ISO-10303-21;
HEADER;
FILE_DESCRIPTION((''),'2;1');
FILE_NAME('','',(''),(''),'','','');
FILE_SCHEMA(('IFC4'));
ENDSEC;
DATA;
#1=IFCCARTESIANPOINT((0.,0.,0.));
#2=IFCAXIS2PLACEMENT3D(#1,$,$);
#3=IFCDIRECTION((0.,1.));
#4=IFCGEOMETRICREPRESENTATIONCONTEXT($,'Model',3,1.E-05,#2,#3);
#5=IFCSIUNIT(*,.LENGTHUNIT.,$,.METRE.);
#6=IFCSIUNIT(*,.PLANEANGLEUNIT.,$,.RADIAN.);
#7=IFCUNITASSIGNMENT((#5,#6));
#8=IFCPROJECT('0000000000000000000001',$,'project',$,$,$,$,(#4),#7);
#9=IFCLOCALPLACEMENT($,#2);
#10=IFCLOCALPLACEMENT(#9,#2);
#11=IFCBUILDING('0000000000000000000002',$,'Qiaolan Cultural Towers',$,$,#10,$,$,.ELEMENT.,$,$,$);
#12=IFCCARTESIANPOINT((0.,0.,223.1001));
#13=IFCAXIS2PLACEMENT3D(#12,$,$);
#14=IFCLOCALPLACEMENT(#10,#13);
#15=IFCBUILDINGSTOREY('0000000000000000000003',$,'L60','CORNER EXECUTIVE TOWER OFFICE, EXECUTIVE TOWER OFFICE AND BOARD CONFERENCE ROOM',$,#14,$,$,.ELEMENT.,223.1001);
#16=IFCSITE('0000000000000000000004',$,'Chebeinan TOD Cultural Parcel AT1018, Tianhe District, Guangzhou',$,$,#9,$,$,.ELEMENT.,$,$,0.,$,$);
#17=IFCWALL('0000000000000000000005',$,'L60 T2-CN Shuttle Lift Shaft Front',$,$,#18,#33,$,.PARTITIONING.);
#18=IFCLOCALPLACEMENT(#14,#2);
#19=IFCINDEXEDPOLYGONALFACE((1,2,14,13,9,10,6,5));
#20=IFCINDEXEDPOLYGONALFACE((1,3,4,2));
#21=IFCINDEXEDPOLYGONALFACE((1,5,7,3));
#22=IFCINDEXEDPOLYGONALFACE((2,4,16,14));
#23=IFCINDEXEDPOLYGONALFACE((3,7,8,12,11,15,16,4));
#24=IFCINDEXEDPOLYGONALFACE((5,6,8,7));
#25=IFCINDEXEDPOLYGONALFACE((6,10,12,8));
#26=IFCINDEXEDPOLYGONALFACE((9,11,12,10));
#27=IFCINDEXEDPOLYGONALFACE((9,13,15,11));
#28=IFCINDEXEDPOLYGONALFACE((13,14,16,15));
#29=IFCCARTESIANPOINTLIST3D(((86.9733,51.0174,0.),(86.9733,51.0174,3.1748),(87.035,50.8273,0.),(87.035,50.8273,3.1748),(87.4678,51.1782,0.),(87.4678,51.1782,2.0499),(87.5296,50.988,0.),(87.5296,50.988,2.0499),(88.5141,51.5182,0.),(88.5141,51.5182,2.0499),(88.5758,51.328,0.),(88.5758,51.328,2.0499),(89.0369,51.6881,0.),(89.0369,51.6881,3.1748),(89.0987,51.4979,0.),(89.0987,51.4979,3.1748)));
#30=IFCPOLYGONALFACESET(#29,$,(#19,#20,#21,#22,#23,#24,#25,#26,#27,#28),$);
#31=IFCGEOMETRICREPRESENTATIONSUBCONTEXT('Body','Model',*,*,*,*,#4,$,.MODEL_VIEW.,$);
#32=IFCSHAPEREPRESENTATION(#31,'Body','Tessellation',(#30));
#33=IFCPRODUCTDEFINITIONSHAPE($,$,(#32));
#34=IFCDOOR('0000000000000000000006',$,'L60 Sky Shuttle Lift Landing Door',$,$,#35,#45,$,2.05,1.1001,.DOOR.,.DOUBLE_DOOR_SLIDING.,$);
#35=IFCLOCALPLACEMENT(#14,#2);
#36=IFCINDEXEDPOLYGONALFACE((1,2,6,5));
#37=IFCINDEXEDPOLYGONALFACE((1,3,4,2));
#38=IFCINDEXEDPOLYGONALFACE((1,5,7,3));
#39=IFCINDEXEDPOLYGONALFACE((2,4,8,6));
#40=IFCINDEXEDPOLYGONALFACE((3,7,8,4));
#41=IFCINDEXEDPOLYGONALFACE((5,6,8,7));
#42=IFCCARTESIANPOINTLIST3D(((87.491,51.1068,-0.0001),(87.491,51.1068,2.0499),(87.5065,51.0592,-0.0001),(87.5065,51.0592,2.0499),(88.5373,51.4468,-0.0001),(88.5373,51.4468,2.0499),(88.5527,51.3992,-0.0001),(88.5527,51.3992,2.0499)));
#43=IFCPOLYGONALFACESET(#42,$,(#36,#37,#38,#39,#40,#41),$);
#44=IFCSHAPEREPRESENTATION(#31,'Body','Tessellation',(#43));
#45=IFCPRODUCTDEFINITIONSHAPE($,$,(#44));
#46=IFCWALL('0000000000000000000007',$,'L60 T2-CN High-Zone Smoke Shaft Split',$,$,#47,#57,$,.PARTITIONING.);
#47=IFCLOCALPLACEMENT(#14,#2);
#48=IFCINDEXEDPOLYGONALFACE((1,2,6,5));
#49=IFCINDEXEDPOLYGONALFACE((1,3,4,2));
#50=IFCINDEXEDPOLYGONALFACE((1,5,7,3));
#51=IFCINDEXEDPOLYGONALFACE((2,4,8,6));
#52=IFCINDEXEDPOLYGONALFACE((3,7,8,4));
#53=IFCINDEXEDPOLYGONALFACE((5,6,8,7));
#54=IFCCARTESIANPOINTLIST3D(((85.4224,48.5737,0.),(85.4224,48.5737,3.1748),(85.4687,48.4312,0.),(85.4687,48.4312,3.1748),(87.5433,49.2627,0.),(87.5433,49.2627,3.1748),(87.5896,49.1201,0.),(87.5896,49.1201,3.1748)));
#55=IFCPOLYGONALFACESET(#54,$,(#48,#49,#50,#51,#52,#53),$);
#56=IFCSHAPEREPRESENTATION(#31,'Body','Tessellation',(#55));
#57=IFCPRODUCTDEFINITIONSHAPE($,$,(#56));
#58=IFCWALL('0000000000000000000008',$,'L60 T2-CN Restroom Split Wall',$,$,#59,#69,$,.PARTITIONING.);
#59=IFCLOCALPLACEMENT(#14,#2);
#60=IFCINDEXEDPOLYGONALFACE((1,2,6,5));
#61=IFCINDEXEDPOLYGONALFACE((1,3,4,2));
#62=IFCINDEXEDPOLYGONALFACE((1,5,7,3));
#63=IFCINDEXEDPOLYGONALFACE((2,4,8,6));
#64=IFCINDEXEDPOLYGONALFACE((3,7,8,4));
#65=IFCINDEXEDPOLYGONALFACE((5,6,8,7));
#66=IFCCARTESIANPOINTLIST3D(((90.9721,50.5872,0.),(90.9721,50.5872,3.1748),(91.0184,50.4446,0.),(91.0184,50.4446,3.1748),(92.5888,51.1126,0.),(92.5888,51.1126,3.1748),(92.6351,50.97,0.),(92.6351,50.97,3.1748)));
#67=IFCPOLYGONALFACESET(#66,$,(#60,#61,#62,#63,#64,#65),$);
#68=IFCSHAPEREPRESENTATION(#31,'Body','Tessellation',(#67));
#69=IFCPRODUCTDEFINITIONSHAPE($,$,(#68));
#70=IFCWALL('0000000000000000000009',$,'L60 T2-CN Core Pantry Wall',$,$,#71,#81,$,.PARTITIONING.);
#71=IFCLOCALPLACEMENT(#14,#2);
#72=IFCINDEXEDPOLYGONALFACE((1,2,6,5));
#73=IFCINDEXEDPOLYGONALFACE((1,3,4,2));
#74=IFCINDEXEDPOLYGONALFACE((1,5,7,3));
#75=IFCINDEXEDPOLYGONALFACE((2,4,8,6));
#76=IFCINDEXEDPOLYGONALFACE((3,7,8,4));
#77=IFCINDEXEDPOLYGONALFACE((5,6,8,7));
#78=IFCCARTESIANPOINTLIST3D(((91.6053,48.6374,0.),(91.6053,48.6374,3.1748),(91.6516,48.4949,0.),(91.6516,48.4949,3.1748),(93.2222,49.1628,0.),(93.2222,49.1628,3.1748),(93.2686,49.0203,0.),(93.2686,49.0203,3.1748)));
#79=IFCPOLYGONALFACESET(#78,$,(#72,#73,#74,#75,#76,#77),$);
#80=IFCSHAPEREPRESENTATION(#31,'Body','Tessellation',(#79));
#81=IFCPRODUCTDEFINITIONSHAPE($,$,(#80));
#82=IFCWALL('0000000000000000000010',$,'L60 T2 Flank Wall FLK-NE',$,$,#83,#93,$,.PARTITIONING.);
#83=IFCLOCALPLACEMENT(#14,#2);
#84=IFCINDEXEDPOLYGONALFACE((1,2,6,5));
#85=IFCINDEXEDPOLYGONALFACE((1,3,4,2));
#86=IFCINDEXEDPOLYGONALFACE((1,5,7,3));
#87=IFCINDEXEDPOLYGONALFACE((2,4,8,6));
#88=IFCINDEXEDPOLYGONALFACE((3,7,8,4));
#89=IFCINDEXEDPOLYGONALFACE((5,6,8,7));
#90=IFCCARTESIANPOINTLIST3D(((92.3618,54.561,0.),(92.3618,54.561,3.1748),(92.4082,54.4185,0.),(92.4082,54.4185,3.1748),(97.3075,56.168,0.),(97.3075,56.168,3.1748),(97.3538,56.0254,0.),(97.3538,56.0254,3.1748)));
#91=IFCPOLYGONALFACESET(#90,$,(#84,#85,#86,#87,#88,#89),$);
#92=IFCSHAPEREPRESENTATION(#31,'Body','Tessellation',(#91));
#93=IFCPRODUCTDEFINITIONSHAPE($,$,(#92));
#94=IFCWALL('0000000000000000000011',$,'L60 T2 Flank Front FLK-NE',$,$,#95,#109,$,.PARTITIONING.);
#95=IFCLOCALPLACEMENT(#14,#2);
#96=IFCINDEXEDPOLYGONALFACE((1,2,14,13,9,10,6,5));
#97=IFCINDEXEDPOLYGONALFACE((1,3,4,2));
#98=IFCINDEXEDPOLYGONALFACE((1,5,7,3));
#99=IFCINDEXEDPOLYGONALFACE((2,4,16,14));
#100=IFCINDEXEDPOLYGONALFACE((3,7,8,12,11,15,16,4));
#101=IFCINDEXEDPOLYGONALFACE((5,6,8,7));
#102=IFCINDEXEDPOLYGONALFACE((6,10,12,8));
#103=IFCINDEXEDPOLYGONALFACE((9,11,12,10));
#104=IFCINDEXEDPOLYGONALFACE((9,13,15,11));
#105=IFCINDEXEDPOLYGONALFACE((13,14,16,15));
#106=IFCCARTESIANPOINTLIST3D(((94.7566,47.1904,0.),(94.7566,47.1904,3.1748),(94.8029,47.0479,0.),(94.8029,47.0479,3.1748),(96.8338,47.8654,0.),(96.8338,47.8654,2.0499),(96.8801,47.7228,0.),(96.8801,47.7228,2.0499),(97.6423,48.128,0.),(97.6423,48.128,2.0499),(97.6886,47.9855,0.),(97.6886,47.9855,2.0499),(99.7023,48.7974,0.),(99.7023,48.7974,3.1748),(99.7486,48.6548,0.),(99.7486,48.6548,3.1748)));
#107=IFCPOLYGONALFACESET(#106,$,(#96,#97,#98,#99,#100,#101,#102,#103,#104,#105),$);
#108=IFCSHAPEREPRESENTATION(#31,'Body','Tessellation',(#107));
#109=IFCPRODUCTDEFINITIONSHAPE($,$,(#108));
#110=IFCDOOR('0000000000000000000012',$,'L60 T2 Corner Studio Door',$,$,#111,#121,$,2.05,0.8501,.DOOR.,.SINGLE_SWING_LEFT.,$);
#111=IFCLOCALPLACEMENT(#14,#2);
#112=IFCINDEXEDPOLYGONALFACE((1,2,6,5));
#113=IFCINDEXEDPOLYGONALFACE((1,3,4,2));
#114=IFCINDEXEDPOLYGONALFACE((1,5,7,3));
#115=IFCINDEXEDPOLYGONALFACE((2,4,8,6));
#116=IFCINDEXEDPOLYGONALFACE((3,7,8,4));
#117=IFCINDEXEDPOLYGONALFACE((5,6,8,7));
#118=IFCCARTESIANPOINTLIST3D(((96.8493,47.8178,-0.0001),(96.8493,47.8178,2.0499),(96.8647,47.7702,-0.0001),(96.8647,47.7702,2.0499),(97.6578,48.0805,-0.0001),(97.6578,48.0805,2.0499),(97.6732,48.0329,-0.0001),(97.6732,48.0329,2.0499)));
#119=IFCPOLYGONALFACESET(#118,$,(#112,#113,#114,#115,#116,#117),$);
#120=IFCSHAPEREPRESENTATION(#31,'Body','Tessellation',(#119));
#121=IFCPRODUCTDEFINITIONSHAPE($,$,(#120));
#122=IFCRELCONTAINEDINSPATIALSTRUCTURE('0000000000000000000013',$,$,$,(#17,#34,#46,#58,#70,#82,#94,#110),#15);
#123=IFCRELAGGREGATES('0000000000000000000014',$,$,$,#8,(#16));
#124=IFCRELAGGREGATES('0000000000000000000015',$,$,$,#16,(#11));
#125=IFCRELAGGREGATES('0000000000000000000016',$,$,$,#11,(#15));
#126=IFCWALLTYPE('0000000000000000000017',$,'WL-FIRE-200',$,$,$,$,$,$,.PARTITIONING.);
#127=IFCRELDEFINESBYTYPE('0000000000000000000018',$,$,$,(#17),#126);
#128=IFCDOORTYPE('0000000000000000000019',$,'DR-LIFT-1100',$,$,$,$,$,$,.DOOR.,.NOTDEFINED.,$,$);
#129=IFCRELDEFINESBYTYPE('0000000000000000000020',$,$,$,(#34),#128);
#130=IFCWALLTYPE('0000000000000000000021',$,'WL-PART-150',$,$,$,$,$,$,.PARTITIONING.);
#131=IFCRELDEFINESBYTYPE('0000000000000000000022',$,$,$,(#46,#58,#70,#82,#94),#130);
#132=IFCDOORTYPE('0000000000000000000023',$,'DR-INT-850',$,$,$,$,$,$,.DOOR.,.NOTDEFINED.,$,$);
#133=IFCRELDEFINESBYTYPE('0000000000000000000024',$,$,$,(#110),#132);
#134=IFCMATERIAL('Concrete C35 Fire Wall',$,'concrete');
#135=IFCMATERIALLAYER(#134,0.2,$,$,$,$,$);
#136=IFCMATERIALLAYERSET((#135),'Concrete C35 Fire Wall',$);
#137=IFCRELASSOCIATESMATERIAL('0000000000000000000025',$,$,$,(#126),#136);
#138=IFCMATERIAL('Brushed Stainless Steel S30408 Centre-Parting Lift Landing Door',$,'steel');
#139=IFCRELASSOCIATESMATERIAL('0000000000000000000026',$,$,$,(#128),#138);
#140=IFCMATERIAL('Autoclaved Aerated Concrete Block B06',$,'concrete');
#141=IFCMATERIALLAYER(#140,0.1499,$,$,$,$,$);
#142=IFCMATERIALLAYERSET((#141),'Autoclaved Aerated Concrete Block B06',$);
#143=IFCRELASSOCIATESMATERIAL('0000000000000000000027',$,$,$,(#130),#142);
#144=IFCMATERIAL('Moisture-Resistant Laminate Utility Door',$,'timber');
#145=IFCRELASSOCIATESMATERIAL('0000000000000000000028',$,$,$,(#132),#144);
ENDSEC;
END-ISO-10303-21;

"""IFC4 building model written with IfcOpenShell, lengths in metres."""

from ifc_helpers import new_model, si_unit, direction, frame, frame_2d, origin, place, context, subcontext, project, spatial, rectangle, extrude, material, layer, layer_set, type_object, element, fill, save


model = new_model("IFC4")

# Units and contexts
model_context = context("Model", 3, precision=1e-05, world=origin(), true_north=direction((0.0, 1.0)))
body_context = subcontext(model_context, "Body", "Model", "MODEL_VIEW")
ifc_project = project(units=[si_unit("LENGTHUNIT", "METRE"), si_unit("PLANEANGLEUNIT", "RADIAN")], contexts=[model_context])

# Site, building, storey
site_placement = place(None, origin())
site = spatial("IfcSite", under=ifc_project, at=site_placement, Name="Chebeinan TOD Cultural Parcel AT1018, Tianhe District, Guangzhou", CompositionType="ELEMENT", RefElevation=0.0)
building_placement = place(site_placement, origin())
building = spatial("IfcBuilding", under=site, at=building_placement, Name="Qiaolan Cultural Towers", CompositionType="ELEMENT")
storey_placement = place(building_placement, frame((0.0, 0.0, 223.1001)))
storey = spatial("IfcBuildingStorey", under=building, at=storey_placement, Name="L60", Description="CORNER EXECUTIVE TOWER OFFICE, EXECUTIVE TOWER OFFICE AND BOARD CONFERENCE ROOM", CompositionType="ELEMENT", Elevation=223.1001)

# Wall, opening, door
ifc_material_1 = material(Name="Concrete C35 Fire Wall", Category="concrete")
ifc_layer_1 = layer(ifc_material_1, 0.2)
ifc_layer_set_1 = layer_set([ifc_layer_1], Name="Concrete C35 Fire Wall")
wall_type_1 = type_object("IfcWallType", Name="WL-FIRE-200", PredefinedType="PARTITIONING", material=ifc_layer_set_1)
wall_1_placement = place(storey_placement, frame((87.0042, 50.9224, 0.0), z_axis=(0.0, 0.0, 1.0), x_axis=(0.951042, 0.309063, 0.0)))
wall_1 = element("IfcWall", 1, at=wall_1_placement, inside=storey, type_object=wall_type_1, Name="L60 T2-CN Shuttle Lift Shaft Front", PredefinedType="PARTITIONING", context=body_context, shape_type="SweptSolid", body=[
    extrude(rectangle(XDim=2.1699, YDim=0.2, at=frame_2d((1.085, 0.0))), origin(), (0.0, 0.0, 1.0), 3.1748),
])
opening_1_placement = place(wall_1_placement, frame((0.52, 0.0, 0.0)))
opening_1 = element("IfcOpeningElement", 2, at=opening_1_placement, cuts=wall_1, PredefinedType="OPENING", context=body_context, shape_type="SweptSolid", body=[
    extrude(rectangle(XDim=1.1001, YDim=2.05, at=frame_2d((0.55, 1.0249))), frame((0.0, 0.1099, 0.0), z_axis=(0.0, -1.0, 0.0), x_axis=(1.0, 0.0, 0.0)), (0.0, 0.0, 1.0), 0.22),
])
ifc_material_2 = material(Name="Brushed Stainless Steel S30408 Centre-Parting Lift Landing Door", Category="steel")
door_type_1 = type_object("IfcDoorType", Name="DR-LIFT-1100", OperationType="NOTDEFINED", PredefinedType="DOOR", material=ifc_material_2)
door_1_placement = place(opening_1_placement, origin())
door_1 = element("IfcDoor", 3, at=door_1_placement, inside=storey, type_object=door_type_1, Name="L60 Sky Shuttle Lift Landing Door", OperationType="DOUBLE_DOOR_SLIDING", OverallHeight=2.05, OverallWidth=1.1001, PredefinedType="DOOR", context=body_context, shape_type="SweptSolid", body=[
    extrude(rectangle(XDim=1.1001, YDim=2.05, at=frame_2d((0.55, 1.0249))), frame((0.0, 0.0249, 0.0), z_axis=(0.0, -1.0, 0.0), x_axis=(1.0, 0.0, 0.0)), (0.0, 0.0, 1.0), 0.05),
])
fill(opening_1, door_1)

# Walls
ifc_material_3 = material(Name="Autoclaved Aerated Concrete Block B06", Category="concrete")
ifc_layer_2 = layer(ifc_material_3, 0.1499)
ifc_layer_set_2 = layer_set([ifc_layer_2], Name="Autoclaved Aerated Concrete Block B06")
wall_type_2 = type_object("IfcWallType", Name="WL-PART-150", PredefinedType="PARTITIONING", material=ifc_layer_set_2)
wall_2_placement = place(storey_placement, frame((85.4456, 48.5024, 0.0), z_axis=(0.0, 0.0, 1.0), x_axis=(0.951075, 0.30896, 0.0)))
element("IfcWall", 4, at=wall_2_placement, inside=storey, type_object=wall_type_2, Name="L60 T2-CN High-Zone Smoke Shaft Split", PredefinedType="PARTITIONING", context=body_context, shape_type="SweptSolid", body=[
    extrude(rectangle(XDim=2.23, YDim=0.1499, at=frame_2d((1.115, 0.0))), origin(), (0.0, 0.0, 1.0), 3.1748),
])
wall_3_placement = place(storey_placement, frame((90.9951, 50.5159, 0.0), z_axis=(0.0, 0.0, 1.0), x_axis=(0.95104, 0.309067, 0.0)))
element("IfcWall", 5, at=wall_3_placement, inside=storey, type_object=wall_type_2, Name="L60 T2-CN Restroom Split Wall", PredefinedType="PARTITIONING", context=body_context, shape_type="SweptSolid", body=[
    extrude(rectangle(XDim=1.7, YDim=0.1499, at=frame_2d((0.8501, 0.0))), origin(), (0.0, 0.0, 1.0), 3.1748),
])
wall_4_placement = place(storey_placement, frame((91.6284, 48.5662, 0.0), z_axis=(0.0, 0.0, 1.0), x_axis=(0.951054, 0.309024, 0.0)))
element("IfcWall", 6, at=wall_4_placement, inside=storey, type_object=wall_type_2, Name="L60 T2-CN Core Pantry Wall", PredefinedType="PARTITIONING", context=body_context, shape_type="SweptSolid", body=[
    extrude(rectangle(XDim=1.7002, YDim=0.1499, at=frame_2d((0.8501, 0.0))), origin(), (0.0, 0.0, 1.0), 3.1748),
])
wall_5_placement = place(storey_placement, frame((92.385, 54.4897, 0.0), z_axis=(0.0, 0.0, 1.0), x_axis=(0.951055, 0.309021, 0.0)))
element("IfcWall", 7, at=wall_5_placement, inside=storey, type_object=wall_type_2, Name="L60 T2 Flank Wall FLK-NE", PredefinedType="PARTITIONING", context=body_context, shape_type="SweptSolid", body=[
    extrude(rectangle(XDim=5.2002, YDim=0.1499, at=frame_2d((2.6001, 0.0))), origin(), (0.0, 0.0, 1.0), 3.1748),
])

# Wall, opening, door
wall_6_placement = place(storey_placement, frame((94.7798, 47.1191, 0.0), z_axis=(0.0, 0.0, 1.0), x_axis=(0.951055, 0.309021, 0.0)))
wall_6 = element("IfcWall", 8, at=wall_6_placement, inside=storey, type_object=wall_type_2, Name="L60 T2 Flank Front FLK-NE", PredefinedType="PARTITIONING", context=body_context, shape_type="SweptSolid", body=[
    extrude(rectangle(XDim=5.2002, YDim=0.1499, at=frame_2d((2.6001, 0.0))), origin(), (0.0, 0.0, 1.0), 3.1748),
])
opening_2_placement = place(wall_6_placement, frame((2.1841, 0.0, 0.0)))
opening_2 = element("IfcOpeningElement", 9, at=opening_2_placement, cuts=wall_6, PredefinedType="OPENING", context=body_context, shape_type="SweptSolid", body=[
    extrude(rectangle(XDim=0.8501, YDim=2.05, at=frame_2d((0.425, 1.0249))), frame((0.0, 0.085, 0.0), z_axis=(0.0, -1.0, 0.0), x_axis=(1.0, 0.0, 0.0)), (0.0, 0.0, 1.0), 0.1699),
])
ifc_material_4 = material(Name="Moisture-Resistant Laminate Utility Door", Category="timber")
door_type_2 = type_object("IfcDoorType", Name="DR-INT-850", OperationType="NOTDEFINED", PredefinedType="DOOR", material=ifc_material_4)
door_2_placement = place(opening_2_placement, origin())
door_2 = element("IfcDoor", 10, at=door_2_placement, inside=storey, type_object=door_type_2, Name="L60 T2 Corner Studio Door", OperationType="SINGLE_SWING_LEFT", OverallHeight=2.05, OverallWidth=0.8501, PredefinedType="DOOR", context=body_context, shape_type="SweptSolid", body=[
    extrude(rectangle(XDim=0.8501, YDim=2.05, at=frame_2d((0.425, 1.0249))), frame((0.0, 0.0249, 0.0), z_axis=(0.0, -1.0, 0.0), x_axis=(1.0, 0.0, 0.0)), (0.0, 0.0, 1.0), 0.05),
])
fill(opening_2, door_2)

save(model, "model.ifc")
